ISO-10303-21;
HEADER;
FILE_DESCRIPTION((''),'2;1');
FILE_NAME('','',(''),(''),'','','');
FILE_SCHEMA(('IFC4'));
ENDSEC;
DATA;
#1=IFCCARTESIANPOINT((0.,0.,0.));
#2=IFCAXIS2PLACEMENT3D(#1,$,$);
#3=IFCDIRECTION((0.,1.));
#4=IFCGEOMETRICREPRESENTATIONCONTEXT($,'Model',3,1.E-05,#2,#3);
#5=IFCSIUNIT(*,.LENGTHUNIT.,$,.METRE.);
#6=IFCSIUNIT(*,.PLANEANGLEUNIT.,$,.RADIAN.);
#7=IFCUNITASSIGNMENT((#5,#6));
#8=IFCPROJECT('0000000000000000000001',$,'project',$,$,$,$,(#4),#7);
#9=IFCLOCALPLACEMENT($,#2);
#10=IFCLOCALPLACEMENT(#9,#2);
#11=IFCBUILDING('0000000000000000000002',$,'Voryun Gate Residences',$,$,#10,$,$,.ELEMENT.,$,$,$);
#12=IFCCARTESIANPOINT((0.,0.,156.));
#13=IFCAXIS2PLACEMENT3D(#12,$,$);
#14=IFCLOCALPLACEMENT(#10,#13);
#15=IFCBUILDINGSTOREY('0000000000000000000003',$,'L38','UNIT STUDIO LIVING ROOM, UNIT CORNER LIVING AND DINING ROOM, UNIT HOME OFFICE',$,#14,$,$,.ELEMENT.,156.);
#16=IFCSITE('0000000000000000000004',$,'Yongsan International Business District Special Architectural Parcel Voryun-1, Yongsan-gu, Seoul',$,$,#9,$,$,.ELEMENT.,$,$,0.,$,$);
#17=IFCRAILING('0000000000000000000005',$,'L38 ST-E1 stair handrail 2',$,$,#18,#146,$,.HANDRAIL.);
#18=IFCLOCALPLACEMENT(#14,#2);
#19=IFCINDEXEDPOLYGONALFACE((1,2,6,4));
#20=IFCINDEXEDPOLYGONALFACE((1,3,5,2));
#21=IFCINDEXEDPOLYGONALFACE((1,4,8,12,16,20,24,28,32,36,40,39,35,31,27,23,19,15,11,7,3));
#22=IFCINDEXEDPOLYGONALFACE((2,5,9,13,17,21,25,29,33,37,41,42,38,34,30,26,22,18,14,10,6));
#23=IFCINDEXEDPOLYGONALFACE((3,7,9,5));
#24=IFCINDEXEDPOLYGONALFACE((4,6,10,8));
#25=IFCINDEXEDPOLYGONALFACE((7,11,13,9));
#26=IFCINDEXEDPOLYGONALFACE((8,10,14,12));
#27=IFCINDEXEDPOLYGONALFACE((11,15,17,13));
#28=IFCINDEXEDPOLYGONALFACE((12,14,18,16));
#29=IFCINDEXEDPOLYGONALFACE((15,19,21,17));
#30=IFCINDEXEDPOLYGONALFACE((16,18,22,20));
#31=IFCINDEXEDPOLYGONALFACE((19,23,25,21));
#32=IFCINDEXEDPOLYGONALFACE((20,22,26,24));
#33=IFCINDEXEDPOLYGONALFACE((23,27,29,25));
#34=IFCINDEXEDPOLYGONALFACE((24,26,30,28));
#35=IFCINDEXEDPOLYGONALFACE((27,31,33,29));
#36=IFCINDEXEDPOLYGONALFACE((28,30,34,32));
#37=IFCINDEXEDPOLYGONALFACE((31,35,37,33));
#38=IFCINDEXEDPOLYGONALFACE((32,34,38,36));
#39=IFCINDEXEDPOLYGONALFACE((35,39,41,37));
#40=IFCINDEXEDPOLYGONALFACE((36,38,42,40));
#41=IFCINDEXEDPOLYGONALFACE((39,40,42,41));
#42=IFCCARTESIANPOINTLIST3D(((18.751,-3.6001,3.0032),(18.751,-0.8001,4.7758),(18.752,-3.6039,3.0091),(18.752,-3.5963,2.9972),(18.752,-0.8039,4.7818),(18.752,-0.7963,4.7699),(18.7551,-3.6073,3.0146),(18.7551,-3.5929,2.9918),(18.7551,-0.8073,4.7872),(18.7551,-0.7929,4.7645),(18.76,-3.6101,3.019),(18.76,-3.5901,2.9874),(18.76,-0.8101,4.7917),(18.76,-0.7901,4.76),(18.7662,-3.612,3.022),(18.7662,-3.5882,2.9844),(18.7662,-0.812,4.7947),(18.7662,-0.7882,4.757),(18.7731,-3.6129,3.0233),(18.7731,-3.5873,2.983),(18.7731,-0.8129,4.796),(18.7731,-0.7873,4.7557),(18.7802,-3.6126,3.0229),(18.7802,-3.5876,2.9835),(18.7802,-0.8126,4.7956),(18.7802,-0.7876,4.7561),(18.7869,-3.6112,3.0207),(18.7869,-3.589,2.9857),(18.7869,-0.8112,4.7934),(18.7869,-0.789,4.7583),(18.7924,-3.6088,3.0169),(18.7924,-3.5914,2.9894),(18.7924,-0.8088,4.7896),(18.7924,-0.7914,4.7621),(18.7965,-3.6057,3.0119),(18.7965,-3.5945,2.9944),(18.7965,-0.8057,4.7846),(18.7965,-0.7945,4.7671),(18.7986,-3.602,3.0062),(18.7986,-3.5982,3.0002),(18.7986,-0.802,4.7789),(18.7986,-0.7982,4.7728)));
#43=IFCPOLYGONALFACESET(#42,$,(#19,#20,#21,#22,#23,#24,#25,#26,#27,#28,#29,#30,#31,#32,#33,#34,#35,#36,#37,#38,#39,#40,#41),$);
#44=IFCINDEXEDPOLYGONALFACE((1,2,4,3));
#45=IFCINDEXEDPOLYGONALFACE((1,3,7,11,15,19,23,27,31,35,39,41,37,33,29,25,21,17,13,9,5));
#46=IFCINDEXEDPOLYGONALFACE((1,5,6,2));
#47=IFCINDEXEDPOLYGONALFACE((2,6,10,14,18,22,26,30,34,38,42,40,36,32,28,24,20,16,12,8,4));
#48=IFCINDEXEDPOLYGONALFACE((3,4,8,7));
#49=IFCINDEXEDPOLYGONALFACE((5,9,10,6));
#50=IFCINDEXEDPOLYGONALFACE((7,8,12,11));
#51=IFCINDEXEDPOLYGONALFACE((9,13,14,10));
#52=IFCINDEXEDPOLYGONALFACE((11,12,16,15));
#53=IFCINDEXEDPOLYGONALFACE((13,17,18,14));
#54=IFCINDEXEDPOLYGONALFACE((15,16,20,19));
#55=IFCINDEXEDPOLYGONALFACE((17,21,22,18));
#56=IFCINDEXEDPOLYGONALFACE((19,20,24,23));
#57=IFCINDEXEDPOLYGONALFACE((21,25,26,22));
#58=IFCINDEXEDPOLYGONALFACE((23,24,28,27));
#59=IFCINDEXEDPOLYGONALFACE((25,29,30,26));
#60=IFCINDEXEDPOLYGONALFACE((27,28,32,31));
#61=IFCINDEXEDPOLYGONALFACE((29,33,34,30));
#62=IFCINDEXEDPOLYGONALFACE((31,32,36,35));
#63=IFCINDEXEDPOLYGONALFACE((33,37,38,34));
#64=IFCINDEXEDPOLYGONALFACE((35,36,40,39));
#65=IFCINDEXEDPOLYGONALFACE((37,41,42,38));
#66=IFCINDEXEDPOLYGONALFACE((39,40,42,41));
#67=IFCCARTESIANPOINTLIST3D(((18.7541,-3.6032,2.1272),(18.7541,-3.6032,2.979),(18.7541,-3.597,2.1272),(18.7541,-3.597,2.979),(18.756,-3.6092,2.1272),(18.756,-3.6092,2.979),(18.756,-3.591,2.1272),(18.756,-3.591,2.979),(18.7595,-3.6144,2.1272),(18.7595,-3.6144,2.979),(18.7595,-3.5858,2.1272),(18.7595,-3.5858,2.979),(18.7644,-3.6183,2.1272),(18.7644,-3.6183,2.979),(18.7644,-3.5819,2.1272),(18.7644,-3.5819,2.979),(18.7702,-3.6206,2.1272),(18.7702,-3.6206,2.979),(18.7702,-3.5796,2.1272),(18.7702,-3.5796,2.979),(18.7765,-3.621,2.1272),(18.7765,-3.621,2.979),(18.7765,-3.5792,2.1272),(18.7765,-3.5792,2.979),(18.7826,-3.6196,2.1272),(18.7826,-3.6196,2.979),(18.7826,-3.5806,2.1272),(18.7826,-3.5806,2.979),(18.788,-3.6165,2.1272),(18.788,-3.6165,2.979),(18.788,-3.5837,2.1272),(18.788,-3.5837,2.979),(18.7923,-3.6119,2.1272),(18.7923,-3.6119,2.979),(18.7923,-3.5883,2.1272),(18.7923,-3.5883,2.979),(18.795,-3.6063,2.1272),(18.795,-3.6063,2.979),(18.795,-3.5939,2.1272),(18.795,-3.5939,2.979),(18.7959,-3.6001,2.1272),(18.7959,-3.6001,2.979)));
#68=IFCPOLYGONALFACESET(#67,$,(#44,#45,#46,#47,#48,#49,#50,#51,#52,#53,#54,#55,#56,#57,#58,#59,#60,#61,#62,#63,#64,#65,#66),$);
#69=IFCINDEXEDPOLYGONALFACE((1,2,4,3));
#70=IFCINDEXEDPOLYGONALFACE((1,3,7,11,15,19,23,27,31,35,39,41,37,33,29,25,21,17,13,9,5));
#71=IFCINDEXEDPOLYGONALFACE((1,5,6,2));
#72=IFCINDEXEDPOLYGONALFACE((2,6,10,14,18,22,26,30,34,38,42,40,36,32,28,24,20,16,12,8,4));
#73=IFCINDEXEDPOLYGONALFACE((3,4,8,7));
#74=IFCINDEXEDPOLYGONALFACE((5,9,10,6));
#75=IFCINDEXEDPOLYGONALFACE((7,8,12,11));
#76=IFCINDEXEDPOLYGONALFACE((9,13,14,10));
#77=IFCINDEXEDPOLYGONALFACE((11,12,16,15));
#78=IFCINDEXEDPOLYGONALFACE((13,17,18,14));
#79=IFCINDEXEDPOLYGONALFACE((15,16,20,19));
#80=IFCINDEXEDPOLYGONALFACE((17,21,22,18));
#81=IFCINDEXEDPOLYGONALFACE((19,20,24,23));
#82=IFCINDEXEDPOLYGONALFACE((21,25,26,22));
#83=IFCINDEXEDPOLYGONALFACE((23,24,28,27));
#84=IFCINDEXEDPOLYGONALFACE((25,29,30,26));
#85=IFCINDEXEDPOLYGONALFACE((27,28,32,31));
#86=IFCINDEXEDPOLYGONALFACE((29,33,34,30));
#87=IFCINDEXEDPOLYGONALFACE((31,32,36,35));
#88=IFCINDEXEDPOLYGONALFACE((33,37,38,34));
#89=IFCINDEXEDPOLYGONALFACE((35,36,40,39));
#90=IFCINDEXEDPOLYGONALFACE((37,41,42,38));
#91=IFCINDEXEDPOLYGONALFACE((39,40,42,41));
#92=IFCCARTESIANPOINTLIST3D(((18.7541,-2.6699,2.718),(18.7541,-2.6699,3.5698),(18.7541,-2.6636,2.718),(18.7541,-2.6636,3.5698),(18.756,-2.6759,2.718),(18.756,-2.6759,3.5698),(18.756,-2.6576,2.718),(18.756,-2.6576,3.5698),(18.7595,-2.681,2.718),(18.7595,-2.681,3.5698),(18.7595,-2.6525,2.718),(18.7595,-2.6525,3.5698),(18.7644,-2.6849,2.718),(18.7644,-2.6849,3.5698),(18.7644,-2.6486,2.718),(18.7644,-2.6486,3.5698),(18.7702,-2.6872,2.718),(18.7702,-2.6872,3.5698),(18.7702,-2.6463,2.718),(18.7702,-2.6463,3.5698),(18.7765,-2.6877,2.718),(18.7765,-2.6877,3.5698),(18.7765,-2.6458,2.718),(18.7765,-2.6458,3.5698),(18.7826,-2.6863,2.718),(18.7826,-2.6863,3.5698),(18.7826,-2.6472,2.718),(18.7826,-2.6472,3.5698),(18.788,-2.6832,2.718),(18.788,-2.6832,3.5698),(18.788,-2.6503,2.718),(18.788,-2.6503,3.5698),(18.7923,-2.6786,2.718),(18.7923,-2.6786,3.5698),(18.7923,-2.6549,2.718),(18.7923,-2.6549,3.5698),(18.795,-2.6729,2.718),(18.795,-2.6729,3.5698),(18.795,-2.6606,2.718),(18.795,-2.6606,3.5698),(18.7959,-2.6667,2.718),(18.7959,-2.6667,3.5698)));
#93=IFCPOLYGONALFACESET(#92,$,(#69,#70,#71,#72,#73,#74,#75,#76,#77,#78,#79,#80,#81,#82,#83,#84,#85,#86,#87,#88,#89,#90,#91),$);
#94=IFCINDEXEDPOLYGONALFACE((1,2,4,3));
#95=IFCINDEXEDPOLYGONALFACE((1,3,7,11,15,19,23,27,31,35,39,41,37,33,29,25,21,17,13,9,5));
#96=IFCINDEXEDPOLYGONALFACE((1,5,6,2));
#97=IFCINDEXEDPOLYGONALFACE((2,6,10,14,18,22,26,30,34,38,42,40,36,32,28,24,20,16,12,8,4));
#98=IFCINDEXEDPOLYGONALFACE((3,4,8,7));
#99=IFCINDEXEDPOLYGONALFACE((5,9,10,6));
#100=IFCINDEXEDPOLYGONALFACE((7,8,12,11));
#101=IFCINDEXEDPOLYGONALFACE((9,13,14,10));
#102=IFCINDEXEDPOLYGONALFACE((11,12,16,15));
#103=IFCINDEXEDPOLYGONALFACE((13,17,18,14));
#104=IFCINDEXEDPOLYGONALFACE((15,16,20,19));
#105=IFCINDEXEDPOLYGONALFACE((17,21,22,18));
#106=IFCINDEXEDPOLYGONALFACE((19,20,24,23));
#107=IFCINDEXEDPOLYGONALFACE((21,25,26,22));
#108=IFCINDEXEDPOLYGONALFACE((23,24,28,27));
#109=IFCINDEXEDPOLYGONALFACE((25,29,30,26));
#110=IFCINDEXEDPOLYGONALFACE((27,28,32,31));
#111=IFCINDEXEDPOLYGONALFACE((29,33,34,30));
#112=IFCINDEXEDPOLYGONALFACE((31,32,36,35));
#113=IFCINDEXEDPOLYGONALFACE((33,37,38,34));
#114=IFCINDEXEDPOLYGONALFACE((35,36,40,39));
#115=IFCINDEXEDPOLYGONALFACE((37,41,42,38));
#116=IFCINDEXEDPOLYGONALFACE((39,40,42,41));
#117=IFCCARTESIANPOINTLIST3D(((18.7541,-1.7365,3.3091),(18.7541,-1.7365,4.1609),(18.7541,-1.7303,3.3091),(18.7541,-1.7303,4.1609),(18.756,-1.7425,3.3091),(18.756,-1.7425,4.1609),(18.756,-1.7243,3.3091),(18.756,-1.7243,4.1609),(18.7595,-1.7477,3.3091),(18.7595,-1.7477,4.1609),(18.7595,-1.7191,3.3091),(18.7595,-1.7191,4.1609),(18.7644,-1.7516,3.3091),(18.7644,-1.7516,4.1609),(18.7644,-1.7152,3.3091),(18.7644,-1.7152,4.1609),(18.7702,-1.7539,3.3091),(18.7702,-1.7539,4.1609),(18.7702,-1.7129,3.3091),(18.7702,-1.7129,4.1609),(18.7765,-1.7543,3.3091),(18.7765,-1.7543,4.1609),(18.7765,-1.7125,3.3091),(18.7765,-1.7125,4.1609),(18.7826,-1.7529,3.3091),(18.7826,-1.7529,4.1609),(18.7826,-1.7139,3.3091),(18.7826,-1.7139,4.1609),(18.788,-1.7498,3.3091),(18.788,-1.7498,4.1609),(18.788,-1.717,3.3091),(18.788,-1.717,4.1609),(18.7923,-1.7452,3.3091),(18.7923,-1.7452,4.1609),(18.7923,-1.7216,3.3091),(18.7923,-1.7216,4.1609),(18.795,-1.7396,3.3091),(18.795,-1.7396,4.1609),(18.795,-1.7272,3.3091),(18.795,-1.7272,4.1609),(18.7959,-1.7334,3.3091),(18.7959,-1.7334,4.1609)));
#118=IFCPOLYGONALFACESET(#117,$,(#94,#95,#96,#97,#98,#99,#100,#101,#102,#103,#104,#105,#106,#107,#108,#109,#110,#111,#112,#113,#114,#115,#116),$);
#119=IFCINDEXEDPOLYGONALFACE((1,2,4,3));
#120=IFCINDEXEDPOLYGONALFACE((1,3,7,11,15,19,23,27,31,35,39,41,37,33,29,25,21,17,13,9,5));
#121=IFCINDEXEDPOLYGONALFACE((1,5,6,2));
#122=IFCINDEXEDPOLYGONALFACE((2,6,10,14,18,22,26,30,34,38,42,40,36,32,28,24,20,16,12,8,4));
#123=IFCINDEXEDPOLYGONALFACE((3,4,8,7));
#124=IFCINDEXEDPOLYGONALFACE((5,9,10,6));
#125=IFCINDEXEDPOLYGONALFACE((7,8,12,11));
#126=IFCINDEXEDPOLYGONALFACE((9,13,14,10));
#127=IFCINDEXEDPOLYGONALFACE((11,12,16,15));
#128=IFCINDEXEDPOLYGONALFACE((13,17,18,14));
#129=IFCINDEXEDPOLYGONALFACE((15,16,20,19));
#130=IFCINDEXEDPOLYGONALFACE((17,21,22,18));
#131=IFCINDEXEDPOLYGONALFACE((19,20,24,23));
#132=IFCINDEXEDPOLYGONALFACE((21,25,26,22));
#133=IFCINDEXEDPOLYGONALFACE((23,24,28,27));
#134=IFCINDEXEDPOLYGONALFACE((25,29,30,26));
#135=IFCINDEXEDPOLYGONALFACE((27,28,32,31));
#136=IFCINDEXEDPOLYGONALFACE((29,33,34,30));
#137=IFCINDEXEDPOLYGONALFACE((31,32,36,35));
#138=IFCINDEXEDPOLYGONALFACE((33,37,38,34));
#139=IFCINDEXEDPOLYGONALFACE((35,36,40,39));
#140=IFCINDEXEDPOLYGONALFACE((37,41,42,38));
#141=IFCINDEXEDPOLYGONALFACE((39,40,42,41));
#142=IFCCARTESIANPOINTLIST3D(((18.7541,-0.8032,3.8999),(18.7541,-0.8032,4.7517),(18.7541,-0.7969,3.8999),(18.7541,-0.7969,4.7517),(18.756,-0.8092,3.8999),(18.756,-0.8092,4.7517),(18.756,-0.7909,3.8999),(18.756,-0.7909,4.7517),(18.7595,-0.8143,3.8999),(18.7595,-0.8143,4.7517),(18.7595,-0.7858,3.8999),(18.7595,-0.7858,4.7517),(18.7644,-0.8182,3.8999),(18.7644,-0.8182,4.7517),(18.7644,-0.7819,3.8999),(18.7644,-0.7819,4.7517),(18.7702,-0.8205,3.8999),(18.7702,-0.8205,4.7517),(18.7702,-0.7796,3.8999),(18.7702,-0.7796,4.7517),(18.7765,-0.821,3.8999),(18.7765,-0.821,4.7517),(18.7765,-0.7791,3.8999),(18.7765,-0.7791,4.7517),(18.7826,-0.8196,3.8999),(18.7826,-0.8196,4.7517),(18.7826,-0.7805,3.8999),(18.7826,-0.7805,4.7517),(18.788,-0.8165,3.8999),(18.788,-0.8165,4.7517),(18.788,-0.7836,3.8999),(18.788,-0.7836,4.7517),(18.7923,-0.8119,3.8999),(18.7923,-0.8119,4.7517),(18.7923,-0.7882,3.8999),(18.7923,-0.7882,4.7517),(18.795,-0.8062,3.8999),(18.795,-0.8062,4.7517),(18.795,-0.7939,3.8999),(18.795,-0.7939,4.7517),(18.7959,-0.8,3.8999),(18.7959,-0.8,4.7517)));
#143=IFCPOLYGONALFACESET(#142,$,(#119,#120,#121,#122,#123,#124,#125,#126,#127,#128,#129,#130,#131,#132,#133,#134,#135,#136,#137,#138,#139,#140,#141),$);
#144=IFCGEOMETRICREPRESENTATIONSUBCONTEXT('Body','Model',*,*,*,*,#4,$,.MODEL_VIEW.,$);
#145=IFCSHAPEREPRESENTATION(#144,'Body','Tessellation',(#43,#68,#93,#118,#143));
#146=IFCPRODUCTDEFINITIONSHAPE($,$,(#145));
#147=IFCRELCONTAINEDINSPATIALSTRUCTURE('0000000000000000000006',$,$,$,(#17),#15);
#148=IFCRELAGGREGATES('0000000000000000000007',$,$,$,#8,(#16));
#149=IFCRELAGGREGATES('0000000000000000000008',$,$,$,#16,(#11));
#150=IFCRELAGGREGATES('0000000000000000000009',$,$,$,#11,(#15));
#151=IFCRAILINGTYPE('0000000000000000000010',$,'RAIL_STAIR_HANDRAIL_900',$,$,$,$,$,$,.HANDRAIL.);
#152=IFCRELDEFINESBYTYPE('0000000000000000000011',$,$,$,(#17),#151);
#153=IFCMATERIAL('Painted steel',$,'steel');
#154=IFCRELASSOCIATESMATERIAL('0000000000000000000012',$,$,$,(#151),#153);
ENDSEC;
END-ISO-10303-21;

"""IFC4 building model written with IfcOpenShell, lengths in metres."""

from ifc_helpers import new_model, si_unit, direction, frame, origin, origin_2d, place, context, subcontext, project, spatial, circle, extrude, material, type_object, element, save


model = new_model("IFC4")

# Units and contexts
model_context = context("Model", 3, precision=1e-05, world=origin(), true_north=direction((0.0, 1.0)))
body_context = subcontext(model_context, "Body", "Model", "MODEL_VIEW")
ifc_project = project(units=[si_unit("LENGTHUNIT", "METRE"), si_unit("PLANEANGLEUNIT", "RADIAN")], contexts=[model_context])

# Site, building, storey
site_placement = place(None, origin())
site = spatial("IfcSite", under=ifc_project, at=site_placement, Name="Yongsan International Business District Special Architectural Parcel Voryun-1, Yongsan-gu, Seoul", CompositionType="ELEMENT", RefElevation=0.0)
building_placement = place(site_placement, origin())
building = spatial("IfcBuilding", under=site, at=building_placement, Name="Voryun Gate Residences", CompositionType="ELEMENT")
storey_placement = place(building_placement, frame((0.0, 0.0, 156.0)))
storey = spatial("IfcBuildingStorey", under=building, at=storey_placement, Name="L38", Description="UNIT STUDIO LIVING ROOM, UNIT CORNER LIVING AND DINING ROOM, UNIT HOME OFFICE", CompositionType="ELEMENT", Elevation=156.0)

# Railing
ifc_material_1 = material(Name="Painted steel", Category="steel")
railing_type_1 = type_object("IfcRailingType", Name="RAIL_STAIR_HANDRAIL_900", PredefinedType="HANDRAIL", material=ifc_material_1)
railing_1_placement = place(storey_placement, frame((18.7749, -3.6001, 2.1272)))
element("IfcRailing", 1, at=railing_1_placement, inside=storey, type_object=railing_type_1, Name="L38 ST-E1 stair handrail 2", PredefinedType="HANDRAIL", context=body_context, shape_type="SweptSolid", body=[
    extrude(circle(Radius=0.0239, at=origin_2d()), frame((0.0, 0.0, 0.876), z_axis=(0.0, 0.844909, 0.53491), x_axis=(-1.0, 0.0, 0.0)), (0.0, 0.0, 1.0), 3.314),
    extrude(circle(Radius=0.021, at=origin_2d()), origin(), (0.0, 0.0, 1.0), 0.8518),
    extrude(circle(Radius=0.021, at=origin_2d()), frame((0.0, 0.9333, 0.5908)), (0.0, 0.0, 1.0), 0.8518),
    extrude(circle(Radius=0.021, at=origin_2d()), frame((0.0, 1.8667, 1.1819)), (0.0, 0.0, 1.0), 0.8518),
    extrude(circle(Radius=0.021, at=origin_2d()), frame((0.0, 2.8, 1.7727)), (0.0, 0.0, 1.0), 0.8518),
])

save(model, "model.ifc")
